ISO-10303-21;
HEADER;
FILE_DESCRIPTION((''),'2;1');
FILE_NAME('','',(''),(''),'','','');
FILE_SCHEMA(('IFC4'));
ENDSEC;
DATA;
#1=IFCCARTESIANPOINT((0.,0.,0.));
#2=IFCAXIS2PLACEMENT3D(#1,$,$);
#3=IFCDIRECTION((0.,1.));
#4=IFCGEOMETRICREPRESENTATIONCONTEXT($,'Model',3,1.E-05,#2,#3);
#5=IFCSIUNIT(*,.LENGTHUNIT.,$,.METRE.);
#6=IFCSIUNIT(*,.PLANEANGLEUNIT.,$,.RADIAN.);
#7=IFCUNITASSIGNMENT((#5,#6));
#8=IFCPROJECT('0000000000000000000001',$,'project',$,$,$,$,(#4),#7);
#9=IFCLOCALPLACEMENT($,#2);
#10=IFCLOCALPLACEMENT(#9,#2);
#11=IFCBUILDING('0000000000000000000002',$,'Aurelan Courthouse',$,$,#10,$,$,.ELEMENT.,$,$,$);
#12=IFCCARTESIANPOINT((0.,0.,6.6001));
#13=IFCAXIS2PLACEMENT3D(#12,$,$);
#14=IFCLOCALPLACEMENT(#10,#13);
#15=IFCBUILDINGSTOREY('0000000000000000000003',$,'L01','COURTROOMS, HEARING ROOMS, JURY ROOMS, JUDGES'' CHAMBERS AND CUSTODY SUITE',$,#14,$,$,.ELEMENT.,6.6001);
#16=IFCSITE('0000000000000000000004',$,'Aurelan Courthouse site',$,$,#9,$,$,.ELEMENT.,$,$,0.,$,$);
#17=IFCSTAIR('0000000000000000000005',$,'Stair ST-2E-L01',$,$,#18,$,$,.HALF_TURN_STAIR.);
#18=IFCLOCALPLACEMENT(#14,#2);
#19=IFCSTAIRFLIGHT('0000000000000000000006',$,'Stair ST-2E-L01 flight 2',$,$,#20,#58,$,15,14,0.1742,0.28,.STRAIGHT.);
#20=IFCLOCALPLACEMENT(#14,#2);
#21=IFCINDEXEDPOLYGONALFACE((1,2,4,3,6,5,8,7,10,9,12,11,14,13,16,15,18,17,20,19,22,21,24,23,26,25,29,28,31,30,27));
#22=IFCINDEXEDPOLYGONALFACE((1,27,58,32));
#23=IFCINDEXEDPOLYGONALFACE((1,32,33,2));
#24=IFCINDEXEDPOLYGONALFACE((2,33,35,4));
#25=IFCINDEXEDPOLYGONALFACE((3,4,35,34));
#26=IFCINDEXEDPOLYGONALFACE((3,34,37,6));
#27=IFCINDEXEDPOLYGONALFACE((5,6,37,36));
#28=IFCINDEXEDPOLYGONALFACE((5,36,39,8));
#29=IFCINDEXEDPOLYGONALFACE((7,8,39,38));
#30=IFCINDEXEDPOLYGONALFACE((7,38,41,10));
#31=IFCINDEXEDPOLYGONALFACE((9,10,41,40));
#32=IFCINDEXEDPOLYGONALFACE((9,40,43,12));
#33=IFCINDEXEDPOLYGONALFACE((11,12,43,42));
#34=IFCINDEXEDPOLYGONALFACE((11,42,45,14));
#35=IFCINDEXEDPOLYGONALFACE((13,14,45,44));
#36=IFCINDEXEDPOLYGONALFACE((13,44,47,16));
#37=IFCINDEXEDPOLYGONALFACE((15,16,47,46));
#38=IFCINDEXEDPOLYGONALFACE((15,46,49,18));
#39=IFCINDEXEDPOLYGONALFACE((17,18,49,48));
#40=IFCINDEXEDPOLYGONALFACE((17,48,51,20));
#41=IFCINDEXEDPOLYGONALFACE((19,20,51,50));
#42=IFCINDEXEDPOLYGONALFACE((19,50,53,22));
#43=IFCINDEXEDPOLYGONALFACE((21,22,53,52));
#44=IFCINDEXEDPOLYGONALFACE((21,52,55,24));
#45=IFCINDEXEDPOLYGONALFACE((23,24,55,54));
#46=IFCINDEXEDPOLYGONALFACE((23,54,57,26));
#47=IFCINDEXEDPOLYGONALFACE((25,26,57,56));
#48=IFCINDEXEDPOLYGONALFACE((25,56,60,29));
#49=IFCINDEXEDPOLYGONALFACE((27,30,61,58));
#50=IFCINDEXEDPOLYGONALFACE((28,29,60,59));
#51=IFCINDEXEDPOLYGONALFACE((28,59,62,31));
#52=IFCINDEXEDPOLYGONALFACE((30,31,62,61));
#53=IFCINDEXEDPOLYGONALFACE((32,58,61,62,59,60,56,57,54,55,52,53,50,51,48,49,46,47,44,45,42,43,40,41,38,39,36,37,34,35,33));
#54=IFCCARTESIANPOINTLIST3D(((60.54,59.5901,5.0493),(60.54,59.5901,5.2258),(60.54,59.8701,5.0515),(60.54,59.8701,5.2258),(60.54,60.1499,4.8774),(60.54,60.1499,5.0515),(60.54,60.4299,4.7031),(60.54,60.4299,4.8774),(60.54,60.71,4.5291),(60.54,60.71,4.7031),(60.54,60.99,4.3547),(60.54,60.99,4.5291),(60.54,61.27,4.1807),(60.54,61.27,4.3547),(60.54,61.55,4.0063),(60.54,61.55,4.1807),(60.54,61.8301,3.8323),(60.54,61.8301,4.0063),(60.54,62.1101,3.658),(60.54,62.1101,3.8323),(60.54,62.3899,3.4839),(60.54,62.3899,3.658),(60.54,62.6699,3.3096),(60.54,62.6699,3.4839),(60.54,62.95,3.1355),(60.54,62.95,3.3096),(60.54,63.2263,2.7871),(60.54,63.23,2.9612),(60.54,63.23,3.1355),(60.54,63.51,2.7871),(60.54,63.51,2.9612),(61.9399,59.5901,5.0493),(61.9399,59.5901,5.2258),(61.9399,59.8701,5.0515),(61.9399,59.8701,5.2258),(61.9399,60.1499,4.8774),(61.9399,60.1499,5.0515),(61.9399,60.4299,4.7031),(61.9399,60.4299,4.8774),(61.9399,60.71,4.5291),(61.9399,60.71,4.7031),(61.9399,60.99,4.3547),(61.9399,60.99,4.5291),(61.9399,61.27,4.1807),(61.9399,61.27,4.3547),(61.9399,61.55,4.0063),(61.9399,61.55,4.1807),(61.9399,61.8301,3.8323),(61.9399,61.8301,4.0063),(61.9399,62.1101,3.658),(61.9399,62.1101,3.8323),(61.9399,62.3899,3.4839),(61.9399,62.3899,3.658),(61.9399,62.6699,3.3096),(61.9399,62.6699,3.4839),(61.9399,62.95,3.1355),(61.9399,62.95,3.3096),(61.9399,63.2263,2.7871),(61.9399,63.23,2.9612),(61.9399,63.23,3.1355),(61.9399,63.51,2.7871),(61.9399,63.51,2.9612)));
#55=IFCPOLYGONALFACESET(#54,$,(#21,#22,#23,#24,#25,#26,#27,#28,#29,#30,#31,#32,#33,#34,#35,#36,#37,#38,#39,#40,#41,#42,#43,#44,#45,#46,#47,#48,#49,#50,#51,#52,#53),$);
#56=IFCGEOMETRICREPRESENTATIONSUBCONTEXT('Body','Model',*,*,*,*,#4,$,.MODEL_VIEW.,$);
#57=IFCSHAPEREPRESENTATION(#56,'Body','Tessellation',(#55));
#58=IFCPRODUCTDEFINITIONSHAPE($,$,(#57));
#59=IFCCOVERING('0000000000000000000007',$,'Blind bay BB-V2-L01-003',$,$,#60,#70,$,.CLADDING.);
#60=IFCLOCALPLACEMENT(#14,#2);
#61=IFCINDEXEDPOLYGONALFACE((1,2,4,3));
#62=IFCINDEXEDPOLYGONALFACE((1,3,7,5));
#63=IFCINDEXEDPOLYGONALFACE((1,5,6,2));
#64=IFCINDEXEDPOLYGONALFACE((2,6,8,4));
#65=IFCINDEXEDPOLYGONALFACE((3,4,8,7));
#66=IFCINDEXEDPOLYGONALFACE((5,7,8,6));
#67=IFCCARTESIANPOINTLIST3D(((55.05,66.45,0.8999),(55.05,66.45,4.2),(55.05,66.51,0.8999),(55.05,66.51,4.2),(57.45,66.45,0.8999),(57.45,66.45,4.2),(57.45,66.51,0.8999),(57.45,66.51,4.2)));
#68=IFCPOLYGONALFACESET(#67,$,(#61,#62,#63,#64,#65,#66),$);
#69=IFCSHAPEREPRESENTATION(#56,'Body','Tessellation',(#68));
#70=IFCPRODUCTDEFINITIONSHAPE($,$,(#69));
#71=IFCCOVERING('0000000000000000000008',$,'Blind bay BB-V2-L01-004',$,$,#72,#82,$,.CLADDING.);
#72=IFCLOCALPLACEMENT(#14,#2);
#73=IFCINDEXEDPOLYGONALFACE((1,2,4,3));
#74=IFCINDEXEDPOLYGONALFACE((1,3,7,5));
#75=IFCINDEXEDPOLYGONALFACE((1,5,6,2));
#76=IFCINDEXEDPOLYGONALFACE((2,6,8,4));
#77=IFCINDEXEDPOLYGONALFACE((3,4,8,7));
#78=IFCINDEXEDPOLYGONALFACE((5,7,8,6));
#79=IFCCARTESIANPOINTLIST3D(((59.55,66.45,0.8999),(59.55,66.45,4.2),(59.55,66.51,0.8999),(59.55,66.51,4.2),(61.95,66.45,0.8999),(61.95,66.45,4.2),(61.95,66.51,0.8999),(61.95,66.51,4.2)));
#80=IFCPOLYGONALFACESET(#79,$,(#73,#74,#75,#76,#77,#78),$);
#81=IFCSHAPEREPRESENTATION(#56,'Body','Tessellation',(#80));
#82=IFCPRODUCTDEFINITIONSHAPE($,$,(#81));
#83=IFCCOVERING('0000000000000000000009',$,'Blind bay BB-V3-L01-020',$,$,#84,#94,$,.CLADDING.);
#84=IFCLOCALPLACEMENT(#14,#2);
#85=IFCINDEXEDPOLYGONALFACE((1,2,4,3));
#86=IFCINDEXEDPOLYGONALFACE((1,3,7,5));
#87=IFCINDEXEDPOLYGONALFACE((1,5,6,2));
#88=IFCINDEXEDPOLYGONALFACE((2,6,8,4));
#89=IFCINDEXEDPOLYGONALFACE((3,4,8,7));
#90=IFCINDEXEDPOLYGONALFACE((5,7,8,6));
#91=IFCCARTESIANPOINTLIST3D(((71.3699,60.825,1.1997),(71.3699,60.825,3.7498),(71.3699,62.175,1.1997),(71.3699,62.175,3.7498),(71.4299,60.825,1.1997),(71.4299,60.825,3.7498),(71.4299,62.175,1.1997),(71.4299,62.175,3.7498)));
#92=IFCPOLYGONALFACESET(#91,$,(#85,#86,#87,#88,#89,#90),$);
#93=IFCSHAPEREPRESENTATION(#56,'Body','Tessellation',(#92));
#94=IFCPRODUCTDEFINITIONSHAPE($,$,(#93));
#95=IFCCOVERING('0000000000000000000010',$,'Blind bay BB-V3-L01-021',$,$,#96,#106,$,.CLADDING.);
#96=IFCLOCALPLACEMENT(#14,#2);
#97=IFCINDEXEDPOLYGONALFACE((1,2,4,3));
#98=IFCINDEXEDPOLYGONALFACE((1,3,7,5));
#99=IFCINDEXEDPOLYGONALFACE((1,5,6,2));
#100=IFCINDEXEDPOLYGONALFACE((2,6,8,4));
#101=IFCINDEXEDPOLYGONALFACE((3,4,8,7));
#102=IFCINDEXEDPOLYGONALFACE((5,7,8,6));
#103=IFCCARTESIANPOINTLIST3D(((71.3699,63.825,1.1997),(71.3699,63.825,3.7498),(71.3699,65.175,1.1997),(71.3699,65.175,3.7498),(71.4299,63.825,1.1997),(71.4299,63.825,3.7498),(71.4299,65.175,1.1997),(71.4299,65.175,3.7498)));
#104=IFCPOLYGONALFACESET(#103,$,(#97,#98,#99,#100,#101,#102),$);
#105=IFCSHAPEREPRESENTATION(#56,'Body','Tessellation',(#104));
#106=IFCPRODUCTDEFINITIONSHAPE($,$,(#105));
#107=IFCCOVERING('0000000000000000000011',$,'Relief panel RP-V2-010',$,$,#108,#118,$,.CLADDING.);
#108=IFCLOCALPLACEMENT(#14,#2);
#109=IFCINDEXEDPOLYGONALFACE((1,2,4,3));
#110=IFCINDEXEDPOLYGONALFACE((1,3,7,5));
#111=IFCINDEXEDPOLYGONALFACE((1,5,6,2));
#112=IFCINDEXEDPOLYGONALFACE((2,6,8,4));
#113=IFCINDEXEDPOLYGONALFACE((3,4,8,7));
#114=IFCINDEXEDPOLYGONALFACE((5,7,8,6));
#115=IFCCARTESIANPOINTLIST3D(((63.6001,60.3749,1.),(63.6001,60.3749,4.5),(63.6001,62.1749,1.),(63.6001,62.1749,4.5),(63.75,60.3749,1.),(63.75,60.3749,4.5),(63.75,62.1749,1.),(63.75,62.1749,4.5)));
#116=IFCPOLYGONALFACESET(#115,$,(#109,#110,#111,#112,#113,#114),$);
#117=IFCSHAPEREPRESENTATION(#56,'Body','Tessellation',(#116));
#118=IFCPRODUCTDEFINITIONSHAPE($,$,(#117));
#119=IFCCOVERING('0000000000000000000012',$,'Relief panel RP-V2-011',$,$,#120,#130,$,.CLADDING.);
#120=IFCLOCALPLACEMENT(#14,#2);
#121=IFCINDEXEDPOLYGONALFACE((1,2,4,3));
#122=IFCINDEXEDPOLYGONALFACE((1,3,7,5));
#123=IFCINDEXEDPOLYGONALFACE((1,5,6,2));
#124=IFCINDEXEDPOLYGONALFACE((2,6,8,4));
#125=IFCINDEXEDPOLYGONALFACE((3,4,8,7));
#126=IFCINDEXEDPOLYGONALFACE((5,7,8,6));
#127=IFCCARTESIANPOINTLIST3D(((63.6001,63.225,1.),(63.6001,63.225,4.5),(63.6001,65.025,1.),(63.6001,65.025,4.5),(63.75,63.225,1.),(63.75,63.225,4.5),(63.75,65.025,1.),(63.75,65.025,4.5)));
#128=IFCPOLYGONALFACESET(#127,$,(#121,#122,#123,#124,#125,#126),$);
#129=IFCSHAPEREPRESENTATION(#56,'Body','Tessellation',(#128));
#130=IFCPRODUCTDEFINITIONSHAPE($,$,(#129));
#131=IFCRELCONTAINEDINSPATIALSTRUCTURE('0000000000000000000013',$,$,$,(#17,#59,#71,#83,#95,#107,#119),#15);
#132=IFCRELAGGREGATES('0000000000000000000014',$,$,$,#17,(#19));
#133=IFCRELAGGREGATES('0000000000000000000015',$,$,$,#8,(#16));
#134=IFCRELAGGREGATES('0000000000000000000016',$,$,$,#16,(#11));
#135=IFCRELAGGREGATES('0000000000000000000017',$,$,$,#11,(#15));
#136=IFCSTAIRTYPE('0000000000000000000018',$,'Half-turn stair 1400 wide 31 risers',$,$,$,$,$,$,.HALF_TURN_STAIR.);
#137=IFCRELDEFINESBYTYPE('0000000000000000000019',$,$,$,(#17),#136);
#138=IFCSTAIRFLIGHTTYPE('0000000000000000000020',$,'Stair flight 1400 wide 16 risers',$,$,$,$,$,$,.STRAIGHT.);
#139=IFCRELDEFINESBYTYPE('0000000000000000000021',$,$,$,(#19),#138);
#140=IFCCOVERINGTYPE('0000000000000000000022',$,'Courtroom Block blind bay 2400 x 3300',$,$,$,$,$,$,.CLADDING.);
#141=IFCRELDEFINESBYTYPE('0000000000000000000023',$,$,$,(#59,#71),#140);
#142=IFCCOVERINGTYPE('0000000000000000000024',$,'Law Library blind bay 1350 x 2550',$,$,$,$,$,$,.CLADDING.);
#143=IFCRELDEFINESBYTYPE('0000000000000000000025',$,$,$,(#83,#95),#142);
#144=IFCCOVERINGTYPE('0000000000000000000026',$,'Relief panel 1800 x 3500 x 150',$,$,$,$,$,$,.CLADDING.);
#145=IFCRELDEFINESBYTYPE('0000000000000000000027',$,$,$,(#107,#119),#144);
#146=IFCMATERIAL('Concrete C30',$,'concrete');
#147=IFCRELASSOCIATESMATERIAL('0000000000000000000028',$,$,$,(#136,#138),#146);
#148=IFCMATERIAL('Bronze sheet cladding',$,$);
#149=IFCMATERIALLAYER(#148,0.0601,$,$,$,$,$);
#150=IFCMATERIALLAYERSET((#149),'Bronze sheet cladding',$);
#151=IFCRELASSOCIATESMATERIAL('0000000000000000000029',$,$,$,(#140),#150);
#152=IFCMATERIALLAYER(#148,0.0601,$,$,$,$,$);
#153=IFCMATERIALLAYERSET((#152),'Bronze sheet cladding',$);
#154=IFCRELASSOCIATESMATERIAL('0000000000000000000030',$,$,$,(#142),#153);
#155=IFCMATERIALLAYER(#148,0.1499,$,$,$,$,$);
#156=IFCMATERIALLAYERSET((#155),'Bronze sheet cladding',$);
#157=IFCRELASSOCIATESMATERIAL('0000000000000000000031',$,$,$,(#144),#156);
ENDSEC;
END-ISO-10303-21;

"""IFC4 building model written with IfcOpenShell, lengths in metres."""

from ifc_helpers import new_model, si_unit, direction, frame, origin, origin_2d, place, context, subcontext, project, spatial, polyline, rectangle, outline, extrude, material, layer, layer_set, type_object, element, aggregate, save


model = new_model("IFC4")

# Units and contexts
model_context = context("Model", 3, precision=1e-05, world=origin(), true_north=direction((0.0, 1.0)))
body_context = subcontext(model_context, "Body", "Model", "MODEL_VIEW")
ifc_project = project(units=[si_unit("LENGTHUNIT", "METRE"), si_unit("PLANEANGLEUNIT", "RADIAN")], contexts=[model_context])

# Site, building, storey
site_placement = place(None, origin())
site = spatial("IfcSite", under=ifc_project, at=site_placement, Name="Aurelan Courthouse site", CompositionType="ELEMENT", RefElevation=0.0)
building_placement = place(site_placement, origin())
building = spatial("IfcBuilding", under=site, at=building_placement, Name="Aurelan Courthouse", CompositionType="ELEMENT")
storey_placement = place(building_placement, frame((0.0, 0.0, 6.6001)))
storey = spatial("IfcBuildingStorey", under=building, at=storey_placement, Name="L01", Description="COURTROOMS, HEARING ROOMS, JURY ROOMS, JUDGES' CHAMBERS AND CUSTODY SUITE", CompositionType="ELEMENT", Elevation=6.6001)

# Shared definitions
ifc_material_1 = material(Name="Concrete C30", Category="concrete")

# Stair, stair flight
stair_type = type_object("IfcStairType", Name="Half-turn stair 1400 wide 31 risers", PredefinedType="HALF_TURN_STAIR", material=ifc_material_1)
stair_placement = place(storey_placement, origin())
stair = element("IfcStair", 1, at=stair_placement, inside=storey, type_object=stair_type, Name="Stair ST-2E-L01", PredefinedType="HALF_TURN_STAIR")
stair_flight_type = type_object("IfcStairFlightType", Name="Stair flight 1400 wide 16 risers", PredefinedType="STRAIGHT", material=ifc_material_1)
stair_flight_1_placement = place(storey_placement, frame((61.24, 63.51, 2.7871), z_axis=(0.0, 0.0, 1.0), x_axis=(0.0, -1.0, 0.0)))
stair_flight_1 = element("IfcStairFlight", 2, at=stair_flight_1_placement, type_object=stair_flight_type, Name="Stair ST-2E-L01 flight 2", NumberOfRisers=15, NumberOfTreads=14, PredefinedType="STRAIGHT", RiserHeight=0.1742, TreadLength=0.28, context=body_context, shape_type="SweptSolid", body=[
    extrude(outline(polyline([(0.0, 0.0), (0.0, 0.1741), (0.28, 0.1741), (0.28, 0.3484), (0.5601, 0.3484), (0.5601, 0.5225), (0.8401, 0.5225), (0.8401, 0.6968), (1.1201, 0.6968), (1.1201, 0.8708), (1.3999, 0.8708), (1.3999, 1.0452), (1.6799, 1.0452), (1.6799, 1.2192), (1.96, 1.2192), (1.96, 1.3936), (2.24, 1.3936), (2.24, 1.5676), (2.52, 1.5676), (2.52, 1.7419), (2.8, 1.7419), (2.8, 1.916), (3.0801, 1.916), (3.0801, 2.0903), (3.3601, 2.0903), (3.3601, 2.2644), (3.6399, 2.2644), (3.6399, 2.4387), (3.9199, 2.4387), (3.9199, 2.6128), (3.9199, 2.2622), (0.2837, 0.0), (0.0, 0.0)])), frame((0.0, 0.7, 0.0), z_axis=(0.0, -1.0, 0.0), x_axis=(1.0, 0.0, 0.0)), (0.0, 0.0, 1.0), 1.3999),
])
aggregate(stair, [stair_flight_1])

# Coverings
ifc_material_2 = material(Name="Bronze sheet cladding")
ifc_layer_1 = layer(ifc_material_2, 0.0601)
ifc_layer_set_1 = layer_set([ifc_layer_1], Name="Bronze sheet cladding")
covering_type_1 = type_object("IfcCoveringType", Name="Courtroom Block blind bay 2400 x 3300", PredefinedType="CLADDING", material=ifc_layer_set_1)
for number, where, z_axis, x_axis, name in (
    (3, (56.25, 66.48, 0.8999), (0.0, 0.0, 1.0), (1.0, 0.0, 0.0), "Blind bay BB-V2-L01-003"),
    (4, (60.75, 66.48, 0.8999), (0.0, 0.0, 1.0), (1.0, 0.0, 0.0), "Blind bay BB-V2-L01-004"),
):
    element("IfcCovering", number, at=place(storey_placement, frame(where, z_axis=z_axis, x_axis=x_axis)), inside=storey, type_object=covering_type_1, Name=name, PredefinedType="CLADDING", context=body_context, shape_type="SweptSolid", body=[
        extrude(rectangle(XDim=2.3999, YDim=0.0601, at=origin_2d()), origin(), (0.0, 0.0, 1.0), 3.3),
    ])
ifc_layer_2 = layer(ifc_material_2, 0.0601)
ifc_layer_set_2 = layer_set([ifc_layer_2], Name="Bronze sheet cladding")
covering_type_2 = type_object("IfcCoveringType", Name="Law Library blind bay 1350 x 2550", PredefinedType="CLADDING", material=ifc_layer_set_2)
for number, where, z_axis, x_axis, name in (
    (5, (71.3999, 61.5, 1.1997), (0.0, 0.0, 1.0), (1.0, 0.0, 0.0), "Blind bay BB-V3-L01-020"),
    (6, (71.3999, 64.5, 1.1997), (0.0, 0.0, 1.0), (1.0, 0.0, 0.0), "Blind bay BB-V3-L01-021"),
):
    element("IfcCovering", number, at=place(storey_placement, frame(where, z_axis=z_axis, x_axis=x_axis)), inside=storey, type_object=covering_type_2, Name=name, PredefinedType="CLADDING", context=body_context, shape_type="SweptSolid", body=[
        extrude(rectangle(XDim=0.0601, YDim=1.3501, at=origin_2d()), origin(), (0.0, 0.0, 1.0), 2.55),
    ])
ifc_layer_3 = layer(ifc_material_2, 0.1499)
ifc_layer_set_3 = layer_set([ifc_layer_3], Name="Bronze sheet cladding")
covering_type_3 = type_object("IfcCoveringType", Name="Relief panel 1800 x 3500 x 150", PredefinedType="CLADDING", material=ifc_layer_set_3)
for number, where, z_axis, x_axis, name in (
    (7, (63.675, 61.2749, 1.0), (0.0, 0.0, 1.0), (1.0, 0.0, 0.0), "Relief panel RP-V2-010"),
    (8, (63.675, 64.125, 1.0), (0.0, 0.0, 1.0), (1.0, 0.0, 0.0), "Relief panel RP-V2-011"),
):
    element("IfcCovering", number, at=place(storey_placement, frame(where, z_axis=z_axis, x_axis=x_axis)), inside=storey, type_object=covering_type_3, Name=name, PredefinedType="CLADDING", context=body_context, shape_type="SweptSolid", body=[
        extrude(rectangle(XDim=0.1499, YDim=1.8, at=origin_2d()), origin(), (0.0, 0.0, 1.0), 3.5),
    ])

save(model, "model.ifc")
